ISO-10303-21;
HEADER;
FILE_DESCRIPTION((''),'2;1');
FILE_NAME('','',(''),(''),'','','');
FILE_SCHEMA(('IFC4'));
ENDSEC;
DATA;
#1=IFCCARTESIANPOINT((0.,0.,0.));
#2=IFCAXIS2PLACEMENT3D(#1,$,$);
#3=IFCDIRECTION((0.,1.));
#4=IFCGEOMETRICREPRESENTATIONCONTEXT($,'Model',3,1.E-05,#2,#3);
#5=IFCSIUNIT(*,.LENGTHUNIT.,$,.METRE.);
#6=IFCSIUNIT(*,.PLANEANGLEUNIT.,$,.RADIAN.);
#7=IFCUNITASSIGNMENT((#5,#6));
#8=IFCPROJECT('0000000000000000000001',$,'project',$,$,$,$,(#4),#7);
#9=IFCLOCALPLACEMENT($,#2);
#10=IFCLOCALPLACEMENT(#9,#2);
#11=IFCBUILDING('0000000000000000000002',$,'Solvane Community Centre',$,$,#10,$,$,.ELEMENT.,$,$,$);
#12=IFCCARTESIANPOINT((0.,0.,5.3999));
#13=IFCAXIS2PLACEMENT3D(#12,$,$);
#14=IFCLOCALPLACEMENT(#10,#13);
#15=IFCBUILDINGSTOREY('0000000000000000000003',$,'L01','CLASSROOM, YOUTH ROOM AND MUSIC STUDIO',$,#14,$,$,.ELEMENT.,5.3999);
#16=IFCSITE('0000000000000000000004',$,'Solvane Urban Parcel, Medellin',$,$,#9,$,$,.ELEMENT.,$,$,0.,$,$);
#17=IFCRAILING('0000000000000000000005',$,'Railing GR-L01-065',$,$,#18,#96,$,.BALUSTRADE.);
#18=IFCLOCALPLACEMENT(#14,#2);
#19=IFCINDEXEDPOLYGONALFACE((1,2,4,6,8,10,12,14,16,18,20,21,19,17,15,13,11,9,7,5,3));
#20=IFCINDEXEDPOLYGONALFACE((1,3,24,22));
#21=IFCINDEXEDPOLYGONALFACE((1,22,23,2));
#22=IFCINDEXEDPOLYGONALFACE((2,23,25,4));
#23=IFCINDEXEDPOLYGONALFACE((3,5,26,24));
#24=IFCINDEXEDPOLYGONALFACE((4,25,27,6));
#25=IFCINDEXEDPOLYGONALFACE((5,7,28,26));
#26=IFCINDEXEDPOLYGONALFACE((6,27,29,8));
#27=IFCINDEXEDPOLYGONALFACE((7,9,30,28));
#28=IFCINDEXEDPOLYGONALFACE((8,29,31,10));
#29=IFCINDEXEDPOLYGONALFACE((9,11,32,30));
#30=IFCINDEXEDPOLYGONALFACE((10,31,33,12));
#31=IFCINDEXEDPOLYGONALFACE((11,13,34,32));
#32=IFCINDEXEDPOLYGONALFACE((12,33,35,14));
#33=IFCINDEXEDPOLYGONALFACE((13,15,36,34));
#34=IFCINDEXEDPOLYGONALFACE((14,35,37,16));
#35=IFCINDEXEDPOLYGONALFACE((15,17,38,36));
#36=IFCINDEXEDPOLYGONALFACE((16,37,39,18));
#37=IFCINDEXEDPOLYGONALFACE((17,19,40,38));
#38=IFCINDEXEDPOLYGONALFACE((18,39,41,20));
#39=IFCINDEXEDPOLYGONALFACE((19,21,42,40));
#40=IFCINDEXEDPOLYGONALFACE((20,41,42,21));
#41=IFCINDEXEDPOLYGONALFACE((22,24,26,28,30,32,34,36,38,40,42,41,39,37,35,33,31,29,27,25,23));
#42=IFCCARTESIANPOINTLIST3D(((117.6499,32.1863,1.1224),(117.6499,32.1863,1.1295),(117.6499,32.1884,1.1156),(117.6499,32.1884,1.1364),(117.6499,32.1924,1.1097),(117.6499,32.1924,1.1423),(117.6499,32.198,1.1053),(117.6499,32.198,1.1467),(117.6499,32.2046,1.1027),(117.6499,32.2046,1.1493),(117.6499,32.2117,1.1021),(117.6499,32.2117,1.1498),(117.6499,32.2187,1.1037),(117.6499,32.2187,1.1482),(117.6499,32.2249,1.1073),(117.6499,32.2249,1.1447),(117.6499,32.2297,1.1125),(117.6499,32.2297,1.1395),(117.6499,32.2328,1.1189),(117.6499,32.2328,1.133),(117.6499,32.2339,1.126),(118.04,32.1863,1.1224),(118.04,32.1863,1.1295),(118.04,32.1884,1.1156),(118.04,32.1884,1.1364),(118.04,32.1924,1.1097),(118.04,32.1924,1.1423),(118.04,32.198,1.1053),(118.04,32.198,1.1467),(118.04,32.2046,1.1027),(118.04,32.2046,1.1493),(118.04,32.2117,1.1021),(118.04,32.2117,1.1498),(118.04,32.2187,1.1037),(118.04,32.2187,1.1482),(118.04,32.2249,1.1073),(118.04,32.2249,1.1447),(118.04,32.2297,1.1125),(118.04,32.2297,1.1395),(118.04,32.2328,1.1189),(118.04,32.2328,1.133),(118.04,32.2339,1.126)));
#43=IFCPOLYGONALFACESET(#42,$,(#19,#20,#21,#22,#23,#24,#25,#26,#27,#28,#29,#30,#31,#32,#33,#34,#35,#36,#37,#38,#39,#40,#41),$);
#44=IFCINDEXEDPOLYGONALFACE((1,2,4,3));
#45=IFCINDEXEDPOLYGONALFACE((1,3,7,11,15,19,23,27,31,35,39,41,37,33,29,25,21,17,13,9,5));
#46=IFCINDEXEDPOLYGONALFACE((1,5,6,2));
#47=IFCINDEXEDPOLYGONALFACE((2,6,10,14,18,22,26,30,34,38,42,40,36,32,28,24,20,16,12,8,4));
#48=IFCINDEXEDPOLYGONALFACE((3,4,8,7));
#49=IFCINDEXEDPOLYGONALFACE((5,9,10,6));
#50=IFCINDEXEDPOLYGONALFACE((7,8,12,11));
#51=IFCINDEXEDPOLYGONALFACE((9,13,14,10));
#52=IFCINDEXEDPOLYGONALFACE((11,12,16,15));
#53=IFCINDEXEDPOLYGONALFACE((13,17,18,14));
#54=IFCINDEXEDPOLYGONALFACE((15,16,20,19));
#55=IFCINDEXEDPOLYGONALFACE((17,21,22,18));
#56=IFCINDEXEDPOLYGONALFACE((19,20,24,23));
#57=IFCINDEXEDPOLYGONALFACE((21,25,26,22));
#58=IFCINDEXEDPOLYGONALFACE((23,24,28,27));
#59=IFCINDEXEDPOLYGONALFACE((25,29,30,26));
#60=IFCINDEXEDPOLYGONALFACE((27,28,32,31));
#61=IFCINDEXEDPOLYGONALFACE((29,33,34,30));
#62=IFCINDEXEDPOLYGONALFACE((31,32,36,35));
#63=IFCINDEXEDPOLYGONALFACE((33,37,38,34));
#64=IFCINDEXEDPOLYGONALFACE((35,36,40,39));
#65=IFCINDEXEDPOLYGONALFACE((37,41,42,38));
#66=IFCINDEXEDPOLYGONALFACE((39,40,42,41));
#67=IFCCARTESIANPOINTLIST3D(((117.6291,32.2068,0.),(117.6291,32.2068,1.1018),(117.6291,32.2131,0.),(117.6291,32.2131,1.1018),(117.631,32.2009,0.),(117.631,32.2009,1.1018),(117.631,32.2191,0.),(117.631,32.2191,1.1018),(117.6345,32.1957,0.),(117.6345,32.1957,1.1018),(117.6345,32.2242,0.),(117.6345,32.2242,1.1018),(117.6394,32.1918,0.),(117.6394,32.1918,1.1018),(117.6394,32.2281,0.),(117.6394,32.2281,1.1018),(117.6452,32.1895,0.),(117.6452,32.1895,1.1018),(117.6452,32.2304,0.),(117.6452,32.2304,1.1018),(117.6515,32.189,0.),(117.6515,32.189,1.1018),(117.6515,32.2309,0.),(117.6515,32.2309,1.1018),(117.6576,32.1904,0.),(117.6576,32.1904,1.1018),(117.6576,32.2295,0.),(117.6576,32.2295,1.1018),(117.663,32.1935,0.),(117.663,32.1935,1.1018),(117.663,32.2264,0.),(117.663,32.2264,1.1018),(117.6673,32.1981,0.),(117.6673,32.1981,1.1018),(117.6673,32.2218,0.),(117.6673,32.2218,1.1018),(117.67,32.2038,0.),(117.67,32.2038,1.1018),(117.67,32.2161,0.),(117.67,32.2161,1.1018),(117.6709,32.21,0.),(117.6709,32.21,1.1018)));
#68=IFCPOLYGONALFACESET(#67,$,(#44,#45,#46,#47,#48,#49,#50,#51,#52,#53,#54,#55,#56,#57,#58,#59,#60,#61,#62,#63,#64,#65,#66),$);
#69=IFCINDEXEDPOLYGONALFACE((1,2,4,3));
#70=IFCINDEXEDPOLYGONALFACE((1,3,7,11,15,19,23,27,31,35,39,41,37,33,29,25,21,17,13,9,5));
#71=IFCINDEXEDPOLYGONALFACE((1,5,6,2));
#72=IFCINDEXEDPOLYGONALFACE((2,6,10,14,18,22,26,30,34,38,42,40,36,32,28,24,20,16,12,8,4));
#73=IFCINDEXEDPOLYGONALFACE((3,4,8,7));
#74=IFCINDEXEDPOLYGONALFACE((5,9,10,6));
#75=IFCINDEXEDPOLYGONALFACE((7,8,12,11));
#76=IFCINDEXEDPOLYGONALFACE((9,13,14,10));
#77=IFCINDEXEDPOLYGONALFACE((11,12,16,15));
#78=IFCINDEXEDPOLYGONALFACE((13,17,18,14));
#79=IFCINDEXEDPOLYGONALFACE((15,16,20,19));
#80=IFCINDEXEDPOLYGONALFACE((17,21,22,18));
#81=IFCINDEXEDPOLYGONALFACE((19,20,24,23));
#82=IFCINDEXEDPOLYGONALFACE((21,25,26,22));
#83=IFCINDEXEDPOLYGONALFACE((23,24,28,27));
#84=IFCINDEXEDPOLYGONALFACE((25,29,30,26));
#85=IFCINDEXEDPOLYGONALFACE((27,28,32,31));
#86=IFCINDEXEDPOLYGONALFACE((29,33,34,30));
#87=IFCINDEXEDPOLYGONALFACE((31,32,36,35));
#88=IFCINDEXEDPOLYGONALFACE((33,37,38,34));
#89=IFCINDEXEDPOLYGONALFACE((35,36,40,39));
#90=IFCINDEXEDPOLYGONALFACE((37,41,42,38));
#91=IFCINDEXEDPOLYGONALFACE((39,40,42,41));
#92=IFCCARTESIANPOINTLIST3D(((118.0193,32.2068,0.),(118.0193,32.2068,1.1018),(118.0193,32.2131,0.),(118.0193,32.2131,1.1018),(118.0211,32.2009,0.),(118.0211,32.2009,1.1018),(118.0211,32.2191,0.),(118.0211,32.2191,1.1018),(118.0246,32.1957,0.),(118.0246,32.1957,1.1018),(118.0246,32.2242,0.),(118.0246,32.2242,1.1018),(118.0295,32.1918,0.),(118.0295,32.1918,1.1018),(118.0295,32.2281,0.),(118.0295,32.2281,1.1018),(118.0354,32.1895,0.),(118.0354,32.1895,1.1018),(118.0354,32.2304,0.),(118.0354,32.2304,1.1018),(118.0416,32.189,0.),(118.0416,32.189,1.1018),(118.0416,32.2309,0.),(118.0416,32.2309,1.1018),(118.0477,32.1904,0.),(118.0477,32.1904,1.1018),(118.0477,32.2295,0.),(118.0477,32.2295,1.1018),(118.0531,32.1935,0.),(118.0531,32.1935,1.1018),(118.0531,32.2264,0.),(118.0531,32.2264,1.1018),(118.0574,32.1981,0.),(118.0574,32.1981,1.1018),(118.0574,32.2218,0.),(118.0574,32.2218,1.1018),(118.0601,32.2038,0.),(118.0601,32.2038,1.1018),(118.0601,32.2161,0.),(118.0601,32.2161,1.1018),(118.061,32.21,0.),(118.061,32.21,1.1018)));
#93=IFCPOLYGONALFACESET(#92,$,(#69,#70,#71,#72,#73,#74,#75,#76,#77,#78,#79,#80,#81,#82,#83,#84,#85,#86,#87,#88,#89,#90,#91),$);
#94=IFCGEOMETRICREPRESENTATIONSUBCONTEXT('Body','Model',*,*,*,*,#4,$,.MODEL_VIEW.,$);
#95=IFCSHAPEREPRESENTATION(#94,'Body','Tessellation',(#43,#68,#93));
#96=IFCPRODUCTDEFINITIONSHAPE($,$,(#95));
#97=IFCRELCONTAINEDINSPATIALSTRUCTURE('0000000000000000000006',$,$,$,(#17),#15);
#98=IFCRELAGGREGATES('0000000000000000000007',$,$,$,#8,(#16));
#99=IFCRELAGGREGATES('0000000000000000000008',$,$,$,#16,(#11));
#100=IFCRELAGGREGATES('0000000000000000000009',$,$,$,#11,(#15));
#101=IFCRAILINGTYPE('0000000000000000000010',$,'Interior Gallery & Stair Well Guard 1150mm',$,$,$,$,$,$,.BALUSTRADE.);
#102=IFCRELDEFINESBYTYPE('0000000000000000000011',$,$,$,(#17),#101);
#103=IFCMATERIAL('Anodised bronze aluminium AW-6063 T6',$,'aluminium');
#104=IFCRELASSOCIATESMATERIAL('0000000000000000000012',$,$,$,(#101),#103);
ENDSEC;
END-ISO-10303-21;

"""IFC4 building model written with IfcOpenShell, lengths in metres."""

from ifc_helpers import new_model, si_unit, direction, frame, origin, origin_2d, place, context, subcontext, project, spatial, circle, extrude, material, type_object, element, save


model = new_model("IFC4")

# Units and contexts
model_context = context("Model", 3, precision=1e-05, world=origin(), true_north=direction((0.0, 1.0)))
body_context = subcontext(model_context, "Body", "Model", "MODEL_VIEW")
ifc_project = project(units=[si_unit("LENGTHUNIT", "METRE"), si_unit("PLANEANGLEUNIT", "RADIAN")], contexts=[model_context])

# Site, building, storey
site_placement = place(None, origin())
site = spatial("IfcSite", under=ifc_project, at=site_placement, Name="Solvane Urban Parcel, Medellin", CompositionType="ELEMENT", RefElevation=0.0)
building_placement = place(site_placement, origin())
building = spatial("IfcBuilding", under=site, at=building_placement, Name="Solvane Community Centre", CompositionType="ELEMENT")
storey_placement = place(building_placement, frame((0.0, 0.0, 5.3999)))
storey = spatial("IfcBuildingStorey", under=building, at=storey_placement, Name="L01", Description="CLASSROOM, YOUTH ROOM AND MUSIC STUDIO", CompositionType="ELEMENT", Elevation=5.3999)

# Shared definitions
ifc_material_1 = material(Name="Anodised bronze aluminium AW-6063 T6", Category="aluminium")

# Railing
railing_type_1 = type_object("IfcRailingType", Name="Interior Gallery & Stair Well Guard 1150mm", PredefinedType="BALUSTRADE", material=ifc_material_1)
railing_1_placement = place(storey_placement, frame((117.6499, 32.21, 0.0)))
element("IfcRailing", 1, at=railing_1_placement, inside=storey, type_object=railing_type_1, Name="Railing GR-L01-065", PredefinedType="BALUSTRADE", context=body_context, shape_type="SweptSolid", body=[
    extrude(circle(Radius=0.0239, at=origin_2d()), frame((0.0, 0.0, 1.126), z_axis=(1.0, 0.0, 0.0), x_axis=(0.0, 1.0, 0.0)), (0.0, 0.0, 1.0), 0.3901),
    extrude(circle(Radius=0.021, at=origin_2d()), origin(), (0.0, 0.0, 1.0), 1.1018),
    extrude(circle(Radius=0.021, at=origin_2d()), frame((0.3901, 0.0, 0.0)), (0.0, 0.0, 1.0), 1.1018),
])

save(model, "model.ifc")
